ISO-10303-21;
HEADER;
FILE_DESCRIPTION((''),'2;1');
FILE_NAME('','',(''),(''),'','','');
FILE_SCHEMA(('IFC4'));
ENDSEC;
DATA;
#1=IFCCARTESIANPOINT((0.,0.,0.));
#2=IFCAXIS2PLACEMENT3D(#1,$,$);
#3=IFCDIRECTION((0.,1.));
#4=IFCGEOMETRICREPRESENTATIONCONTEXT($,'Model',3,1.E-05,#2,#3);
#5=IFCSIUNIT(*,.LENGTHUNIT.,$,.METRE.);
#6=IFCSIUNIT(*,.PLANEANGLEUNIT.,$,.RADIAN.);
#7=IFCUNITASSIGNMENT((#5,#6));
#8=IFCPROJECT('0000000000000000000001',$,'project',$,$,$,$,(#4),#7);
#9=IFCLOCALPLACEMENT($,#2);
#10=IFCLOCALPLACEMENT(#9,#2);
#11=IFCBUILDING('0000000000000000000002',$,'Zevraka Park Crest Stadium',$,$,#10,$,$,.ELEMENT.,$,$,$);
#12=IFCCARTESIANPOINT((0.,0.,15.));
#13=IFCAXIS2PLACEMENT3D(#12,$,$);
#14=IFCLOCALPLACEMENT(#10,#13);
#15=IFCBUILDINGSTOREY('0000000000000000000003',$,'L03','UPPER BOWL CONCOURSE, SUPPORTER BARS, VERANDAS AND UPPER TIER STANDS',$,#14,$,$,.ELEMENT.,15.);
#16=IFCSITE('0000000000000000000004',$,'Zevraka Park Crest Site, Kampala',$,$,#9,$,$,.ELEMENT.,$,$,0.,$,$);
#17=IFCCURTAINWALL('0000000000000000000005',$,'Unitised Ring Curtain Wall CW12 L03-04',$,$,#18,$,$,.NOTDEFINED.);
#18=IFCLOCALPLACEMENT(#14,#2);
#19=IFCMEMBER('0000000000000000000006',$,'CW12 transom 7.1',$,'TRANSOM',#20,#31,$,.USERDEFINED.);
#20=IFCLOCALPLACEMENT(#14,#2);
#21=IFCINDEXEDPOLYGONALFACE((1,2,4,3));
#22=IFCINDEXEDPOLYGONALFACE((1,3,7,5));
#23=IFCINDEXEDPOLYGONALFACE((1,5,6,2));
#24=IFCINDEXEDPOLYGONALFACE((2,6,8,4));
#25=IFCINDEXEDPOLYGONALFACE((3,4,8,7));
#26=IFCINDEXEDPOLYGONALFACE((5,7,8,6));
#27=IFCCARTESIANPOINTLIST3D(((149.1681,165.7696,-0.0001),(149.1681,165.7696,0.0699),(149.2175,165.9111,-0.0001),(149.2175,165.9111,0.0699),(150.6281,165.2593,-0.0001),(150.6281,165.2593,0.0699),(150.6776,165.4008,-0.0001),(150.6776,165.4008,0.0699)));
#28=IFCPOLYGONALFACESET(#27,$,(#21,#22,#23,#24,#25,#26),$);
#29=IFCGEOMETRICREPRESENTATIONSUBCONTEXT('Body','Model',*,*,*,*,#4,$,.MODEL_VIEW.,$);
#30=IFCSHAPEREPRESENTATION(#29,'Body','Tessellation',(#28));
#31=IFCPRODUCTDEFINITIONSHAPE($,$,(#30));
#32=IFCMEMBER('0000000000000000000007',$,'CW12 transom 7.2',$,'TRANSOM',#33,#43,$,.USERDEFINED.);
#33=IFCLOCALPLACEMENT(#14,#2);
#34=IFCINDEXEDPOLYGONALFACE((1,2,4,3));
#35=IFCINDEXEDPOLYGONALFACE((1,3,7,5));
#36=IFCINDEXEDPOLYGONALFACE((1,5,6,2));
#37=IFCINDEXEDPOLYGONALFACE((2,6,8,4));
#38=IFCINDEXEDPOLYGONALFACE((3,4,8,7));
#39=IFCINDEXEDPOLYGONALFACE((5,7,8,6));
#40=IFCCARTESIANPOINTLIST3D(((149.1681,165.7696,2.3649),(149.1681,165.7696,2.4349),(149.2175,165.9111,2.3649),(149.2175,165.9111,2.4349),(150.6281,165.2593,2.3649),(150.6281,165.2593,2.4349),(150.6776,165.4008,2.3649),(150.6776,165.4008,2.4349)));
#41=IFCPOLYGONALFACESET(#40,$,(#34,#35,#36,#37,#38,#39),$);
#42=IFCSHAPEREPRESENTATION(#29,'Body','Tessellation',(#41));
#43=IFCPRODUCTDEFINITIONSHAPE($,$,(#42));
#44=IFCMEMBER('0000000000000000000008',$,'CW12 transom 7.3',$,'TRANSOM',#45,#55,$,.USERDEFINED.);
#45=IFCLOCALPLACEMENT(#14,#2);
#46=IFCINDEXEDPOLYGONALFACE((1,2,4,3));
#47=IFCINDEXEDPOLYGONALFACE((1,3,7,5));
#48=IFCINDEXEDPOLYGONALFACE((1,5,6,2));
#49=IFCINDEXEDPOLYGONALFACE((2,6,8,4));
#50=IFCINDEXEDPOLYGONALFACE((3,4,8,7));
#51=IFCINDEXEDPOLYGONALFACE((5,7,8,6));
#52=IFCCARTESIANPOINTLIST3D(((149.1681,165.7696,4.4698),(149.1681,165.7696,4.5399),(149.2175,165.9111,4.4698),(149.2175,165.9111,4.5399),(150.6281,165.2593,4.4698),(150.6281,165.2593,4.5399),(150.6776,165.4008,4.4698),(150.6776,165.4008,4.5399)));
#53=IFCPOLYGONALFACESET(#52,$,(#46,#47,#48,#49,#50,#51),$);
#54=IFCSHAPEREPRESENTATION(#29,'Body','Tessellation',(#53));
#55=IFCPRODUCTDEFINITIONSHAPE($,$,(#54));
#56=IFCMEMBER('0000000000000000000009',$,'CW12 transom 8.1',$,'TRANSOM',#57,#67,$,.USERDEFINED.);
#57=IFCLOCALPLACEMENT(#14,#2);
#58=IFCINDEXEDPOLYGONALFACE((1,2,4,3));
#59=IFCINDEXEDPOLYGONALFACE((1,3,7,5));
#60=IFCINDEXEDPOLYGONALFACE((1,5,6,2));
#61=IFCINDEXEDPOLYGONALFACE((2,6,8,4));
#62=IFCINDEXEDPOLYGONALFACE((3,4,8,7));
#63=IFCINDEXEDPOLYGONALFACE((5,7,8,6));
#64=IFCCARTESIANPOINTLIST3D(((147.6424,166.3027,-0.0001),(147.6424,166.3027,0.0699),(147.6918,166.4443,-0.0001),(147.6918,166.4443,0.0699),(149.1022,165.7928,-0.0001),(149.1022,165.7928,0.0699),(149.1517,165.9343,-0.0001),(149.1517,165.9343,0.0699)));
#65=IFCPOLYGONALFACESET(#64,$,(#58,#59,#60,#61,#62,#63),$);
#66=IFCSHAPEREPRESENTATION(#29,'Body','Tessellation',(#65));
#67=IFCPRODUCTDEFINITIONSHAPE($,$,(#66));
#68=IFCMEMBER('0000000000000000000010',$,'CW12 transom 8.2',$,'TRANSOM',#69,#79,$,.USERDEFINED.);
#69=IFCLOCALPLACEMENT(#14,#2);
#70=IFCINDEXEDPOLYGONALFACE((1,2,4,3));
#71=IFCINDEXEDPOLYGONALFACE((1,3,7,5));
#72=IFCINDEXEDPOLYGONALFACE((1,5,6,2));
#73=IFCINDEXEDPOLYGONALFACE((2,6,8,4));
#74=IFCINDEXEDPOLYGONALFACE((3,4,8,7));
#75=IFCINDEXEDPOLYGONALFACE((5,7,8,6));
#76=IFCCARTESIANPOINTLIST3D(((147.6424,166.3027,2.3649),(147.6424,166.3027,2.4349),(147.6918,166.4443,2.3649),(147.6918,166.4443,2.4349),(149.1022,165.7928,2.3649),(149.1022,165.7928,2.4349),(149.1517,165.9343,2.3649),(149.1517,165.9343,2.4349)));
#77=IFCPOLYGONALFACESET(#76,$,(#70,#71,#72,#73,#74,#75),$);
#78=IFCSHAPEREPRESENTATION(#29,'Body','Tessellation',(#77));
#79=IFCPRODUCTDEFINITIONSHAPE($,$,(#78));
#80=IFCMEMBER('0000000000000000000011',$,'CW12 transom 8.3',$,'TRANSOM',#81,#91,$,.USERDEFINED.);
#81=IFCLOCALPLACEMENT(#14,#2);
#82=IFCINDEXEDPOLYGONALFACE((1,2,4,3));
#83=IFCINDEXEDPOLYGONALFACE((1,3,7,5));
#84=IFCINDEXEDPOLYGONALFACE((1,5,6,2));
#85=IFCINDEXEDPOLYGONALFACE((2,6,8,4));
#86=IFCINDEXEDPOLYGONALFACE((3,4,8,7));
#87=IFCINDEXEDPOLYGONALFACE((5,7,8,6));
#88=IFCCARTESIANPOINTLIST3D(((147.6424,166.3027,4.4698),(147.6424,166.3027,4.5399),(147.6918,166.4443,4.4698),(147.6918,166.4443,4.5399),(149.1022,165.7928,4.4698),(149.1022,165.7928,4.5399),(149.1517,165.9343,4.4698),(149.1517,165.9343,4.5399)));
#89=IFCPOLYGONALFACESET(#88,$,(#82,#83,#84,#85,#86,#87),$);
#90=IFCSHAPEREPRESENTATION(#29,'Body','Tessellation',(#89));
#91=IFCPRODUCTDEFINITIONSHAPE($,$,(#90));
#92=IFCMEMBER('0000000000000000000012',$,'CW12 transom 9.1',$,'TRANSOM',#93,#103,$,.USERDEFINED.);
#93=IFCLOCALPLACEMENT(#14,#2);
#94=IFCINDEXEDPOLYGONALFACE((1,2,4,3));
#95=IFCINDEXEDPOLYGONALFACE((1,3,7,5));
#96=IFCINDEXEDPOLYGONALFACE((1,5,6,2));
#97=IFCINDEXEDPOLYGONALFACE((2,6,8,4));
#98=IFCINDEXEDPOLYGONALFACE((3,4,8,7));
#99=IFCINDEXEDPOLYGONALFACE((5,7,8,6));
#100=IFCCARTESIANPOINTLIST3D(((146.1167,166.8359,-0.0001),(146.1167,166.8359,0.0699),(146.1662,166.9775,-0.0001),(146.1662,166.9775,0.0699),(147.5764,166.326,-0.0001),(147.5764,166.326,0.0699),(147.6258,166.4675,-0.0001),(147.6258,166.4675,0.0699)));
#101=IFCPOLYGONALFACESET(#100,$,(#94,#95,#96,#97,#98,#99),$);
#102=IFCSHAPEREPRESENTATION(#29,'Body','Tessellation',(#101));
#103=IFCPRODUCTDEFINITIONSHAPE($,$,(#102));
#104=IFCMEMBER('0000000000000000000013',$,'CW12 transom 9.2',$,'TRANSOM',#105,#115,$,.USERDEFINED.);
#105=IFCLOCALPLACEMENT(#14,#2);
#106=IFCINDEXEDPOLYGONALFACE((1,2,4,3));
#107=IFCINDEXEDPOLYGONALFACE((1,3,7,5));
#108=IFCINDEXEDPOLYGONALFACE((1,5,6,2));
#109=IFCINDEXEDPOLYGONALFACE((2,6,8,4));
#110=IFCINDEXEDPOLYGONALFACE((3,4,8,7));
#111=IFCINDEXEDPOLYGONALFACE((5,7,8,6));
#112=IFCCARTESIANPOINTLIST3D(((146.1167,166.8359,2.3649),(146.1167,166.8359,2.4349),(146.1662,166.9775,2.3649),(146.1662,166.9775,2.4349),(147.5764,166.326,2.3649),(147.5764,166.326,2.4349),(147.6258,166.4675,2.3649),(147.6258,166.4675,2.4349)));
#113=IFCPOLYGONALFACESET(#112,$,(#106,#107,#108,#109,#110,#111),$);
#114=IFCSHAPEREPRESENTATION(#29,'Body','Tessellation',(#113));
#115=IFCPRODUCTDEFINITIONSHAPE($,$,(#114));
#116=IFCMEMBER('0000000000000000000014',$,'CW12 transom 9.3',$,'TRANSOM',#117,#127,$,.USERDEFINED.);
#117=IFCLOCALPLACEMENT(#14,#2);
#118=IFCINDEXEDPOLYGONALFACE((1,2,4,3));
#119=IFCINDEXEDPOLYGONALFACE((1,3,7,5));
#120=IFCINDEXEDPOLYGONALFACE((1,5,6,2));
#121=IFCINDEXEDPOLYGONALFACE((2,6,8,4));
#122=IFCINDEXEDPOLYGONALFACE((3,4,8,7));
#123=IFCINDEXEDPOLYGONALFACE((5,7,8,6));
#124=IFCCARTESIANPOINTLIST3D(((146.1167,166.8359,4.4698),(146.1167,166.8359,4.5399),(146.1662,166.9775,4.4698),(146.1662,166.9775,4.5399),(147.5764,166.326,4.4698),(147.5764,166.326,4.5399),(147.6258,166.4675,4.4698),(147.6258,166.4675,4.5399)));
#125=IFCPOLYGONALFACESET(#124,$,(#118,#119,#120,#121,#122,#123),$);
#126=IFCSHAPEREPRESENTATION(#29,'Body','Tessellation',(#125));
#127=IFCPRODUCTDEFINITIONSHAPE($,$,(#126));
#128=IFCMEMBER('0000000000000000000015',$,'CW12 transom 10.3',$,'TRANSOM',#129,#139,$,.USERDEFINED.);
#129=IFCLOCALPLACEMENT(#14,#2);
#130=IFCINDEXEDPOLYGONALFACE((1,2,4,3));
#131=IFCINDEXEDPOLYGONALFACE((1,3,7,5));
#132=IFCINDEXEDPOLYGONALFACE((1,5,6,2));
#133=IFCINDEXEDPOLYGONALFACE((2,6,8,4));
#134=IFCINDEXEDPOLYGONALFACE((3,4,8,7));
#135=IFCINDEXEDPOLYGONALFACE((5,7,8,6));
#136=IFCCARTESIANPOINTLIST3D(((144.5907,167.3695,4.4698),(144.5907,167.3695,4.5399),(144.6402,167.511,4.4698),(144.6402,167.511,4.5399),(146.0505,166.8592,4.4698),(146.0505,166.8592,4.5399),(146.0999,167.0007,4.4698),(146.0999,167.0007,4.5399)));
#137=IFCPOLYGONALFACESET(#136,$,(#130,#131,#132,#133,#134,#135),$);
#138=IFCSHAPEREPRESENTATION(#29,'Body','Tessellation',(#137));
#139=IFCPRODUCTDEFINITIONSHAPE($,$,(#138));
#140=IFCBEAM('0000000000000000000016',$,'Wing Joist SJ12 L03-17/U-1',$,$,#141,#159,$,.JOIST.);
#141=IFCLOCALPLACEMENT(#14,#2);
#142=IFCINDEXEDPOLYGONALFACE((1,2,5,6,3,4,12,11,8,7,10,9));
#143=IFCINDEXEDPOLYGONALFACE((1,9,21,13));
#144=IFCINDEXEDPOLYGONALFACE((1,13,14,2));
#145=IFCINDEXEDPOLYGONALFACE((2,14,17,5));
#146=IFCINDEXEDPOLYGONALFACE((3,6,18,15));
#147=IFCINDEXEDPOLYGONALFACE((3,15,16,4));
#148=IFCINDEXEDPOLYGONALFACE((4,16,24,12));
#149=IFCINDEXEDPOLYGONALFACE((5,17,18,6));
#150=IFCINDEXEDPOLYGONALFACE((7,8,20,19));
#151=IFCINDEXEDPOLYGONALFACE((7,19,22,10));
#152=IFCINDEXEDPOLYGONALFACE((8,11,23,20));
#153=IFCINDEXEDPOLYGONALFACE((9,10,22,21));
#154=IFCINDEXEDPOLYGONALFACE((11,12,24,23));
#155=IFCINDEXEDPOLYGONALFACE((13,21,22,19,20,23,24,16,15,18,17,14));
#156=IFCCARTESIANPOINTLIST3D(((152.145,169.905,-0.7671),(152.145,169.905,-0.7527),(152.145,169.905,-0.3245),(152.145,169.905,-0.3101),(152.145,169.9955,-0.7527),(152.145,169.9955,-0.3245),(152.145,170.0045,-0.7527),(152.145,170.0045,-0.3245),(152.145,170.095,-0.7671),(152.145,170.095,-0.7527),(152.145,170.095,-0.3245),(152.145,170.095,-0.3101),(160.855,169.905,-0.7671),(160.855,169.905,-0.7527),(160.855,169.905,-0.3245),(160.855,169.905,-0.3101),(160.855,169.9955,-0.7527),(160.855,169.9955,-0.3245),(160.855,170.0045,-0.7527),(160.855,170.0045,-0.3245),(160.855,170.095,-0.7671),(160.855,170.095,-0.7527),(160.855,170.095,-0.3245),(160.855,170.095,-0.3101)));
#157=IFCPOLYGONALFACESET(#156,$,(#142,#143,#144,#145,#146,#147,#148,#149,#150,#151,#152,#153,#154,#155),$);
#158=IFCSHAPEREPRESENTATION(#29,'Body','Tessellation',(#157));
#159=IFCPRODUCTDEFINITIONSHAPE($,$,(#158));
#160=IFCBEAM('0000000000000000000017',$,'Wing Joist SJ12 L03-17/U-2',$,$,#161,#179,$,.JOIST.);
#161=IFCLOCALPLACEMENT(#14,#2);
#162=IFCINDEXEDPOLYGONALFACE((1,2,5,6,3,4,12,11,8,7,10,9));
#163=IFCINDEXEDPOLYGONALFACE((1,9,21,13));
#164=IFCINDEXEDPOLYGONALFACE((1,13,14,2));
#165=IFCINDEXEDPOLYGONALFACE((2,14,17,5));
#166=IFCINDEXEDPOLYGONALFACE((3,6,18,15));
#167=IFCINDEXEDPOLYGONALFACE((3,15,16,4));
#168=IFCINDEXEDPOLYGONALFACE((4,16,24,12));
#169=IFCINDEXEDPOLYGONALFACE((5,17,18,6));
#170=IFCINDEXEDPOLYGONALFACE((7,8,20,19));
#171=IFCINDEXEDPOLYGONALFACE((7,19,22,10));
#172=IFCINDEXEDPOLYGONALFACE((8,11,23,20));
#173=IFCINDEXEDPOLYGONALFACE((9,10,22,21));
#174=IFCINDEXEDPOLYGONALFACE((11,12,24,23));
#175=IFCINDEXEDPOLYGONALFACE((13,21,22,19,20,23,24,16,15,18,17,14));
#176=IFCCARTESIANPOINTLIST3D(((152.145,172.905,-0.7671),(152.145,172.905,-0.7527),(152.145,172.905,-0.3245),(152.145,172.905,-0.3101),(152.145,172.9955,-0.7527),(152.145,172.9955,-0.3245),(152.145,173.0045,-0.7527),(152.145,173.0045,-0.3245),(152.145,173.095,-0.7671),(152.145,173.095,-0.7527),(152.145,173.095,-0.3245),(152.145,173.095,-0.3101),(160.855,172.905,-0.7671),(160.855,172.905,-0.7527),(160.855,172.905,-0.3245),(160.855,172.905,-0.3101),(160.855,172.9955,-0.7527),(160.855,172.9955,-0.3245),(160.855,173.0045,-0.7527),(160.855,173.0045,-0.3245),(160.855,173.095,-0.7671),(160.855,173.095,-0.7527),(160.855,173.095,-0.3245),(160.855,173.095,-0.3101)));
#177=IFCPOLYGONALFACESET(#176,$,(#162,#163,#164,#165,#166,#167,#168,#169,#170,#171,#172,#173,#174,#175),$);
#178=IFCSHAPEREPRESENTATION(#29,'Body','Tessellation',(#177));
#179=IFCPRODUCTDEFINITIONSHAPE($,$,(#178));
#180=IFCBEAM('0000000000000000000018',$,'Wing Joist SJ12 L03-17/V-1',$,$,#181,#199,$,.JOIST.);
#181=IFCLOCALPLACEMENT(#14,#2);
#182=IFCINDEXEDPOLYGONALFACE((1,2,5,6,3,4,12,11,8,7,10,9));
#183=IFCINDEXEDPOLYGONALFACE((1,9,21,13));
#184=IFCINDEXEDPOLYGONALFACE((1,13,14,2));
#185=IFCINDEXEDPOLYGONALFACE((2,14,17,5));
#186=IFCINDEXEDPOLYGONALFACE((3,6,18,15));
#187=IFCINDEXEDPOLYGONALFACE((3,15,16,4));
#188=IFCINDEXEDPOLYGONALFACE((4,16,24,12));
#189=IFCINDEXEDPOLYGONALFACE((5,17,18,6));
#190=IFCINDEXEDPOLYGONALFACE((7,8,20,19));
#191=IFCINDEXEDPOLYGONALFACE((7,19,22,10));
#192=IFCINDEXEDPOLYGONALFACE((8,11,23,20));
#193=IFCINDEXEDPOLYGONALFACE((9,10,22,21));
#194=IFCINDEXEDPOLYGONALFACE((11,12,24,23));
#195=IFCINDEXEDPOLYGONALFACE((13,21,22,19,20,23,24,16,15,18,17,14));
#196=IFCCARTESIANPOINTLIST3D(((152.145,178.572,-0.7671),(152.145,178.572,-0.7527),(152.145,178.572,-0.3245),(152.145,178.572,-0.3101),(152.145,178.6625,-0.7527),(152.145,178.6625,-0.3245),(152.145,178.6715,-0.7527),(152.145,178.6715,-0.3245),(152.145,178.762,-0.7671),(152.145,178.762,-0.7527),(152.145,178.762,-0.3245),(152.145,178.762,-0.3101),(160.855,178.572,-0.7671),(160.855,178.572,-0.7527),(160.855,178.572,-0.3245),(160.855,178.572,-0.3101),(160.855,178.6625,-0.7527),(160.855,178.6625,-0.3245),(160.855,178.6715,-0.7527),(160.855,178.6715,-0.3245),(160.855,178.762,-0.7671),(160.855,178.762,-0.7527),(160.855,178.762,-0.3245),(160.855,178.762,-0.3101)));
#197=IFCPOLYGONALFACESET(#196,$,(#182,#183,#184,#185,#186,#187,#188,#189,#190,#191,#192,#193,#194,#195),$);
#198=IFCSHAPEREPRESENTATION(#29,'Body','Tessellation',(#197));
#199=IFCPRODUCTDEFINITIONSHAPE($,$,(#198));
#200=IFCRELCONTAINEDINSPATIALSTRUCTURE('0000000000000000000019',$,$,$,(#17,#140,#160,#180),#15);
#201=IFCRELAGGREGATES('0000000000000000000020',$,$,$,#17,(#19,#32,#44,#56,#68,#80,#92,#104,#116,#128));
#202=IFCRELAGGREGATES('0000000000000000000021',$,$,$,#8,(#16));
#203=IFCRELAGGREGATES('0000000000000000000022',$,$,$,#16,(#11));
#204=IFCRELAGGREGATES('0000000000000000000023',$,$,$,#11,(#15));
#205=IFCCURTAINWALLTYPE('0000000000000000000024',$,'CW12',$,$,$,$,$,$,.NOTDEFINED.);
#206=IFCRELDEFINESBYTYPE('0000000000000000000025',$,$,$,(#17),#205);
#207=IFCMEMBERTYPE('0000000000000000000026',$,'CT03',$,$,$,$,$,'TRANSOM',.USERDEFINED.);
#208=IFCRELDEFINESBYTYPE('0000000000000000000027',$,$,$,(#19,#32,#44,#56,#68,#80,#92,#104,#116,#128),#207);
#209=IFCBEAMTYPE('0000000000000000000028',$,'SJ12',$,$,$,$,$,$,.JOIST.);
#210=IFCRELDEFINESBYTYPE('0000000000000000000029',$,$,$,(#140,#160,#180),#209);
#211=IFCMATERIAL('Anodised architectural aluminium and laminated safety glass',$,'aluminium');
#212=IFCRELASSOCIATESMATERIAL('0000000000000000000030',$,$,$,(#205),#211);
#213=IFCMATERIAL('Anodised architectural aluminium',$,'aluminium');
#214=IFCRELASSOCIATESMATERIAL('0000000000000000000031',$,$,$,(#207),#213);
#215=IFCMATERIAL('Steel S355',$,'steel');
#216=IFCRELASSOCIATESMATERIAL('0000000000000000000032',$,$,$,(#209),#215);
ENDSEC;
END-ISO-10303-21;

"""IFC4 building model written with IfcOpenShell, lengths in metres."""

from ifc_helpers import new_model, si_unit, direction, frame, origin, origin_2d, place, context, subcontext, project, spatial, rectangle, i_section, extrude, material, material_profile, profile_set, type_object, element, aggregate, save


model = new_model("IFC4")

# Units and contexts
model_context = context("Model", 3, precision=1e-05, world=origin(), true_north=direction((0.0, 1.0)))
body_context = subcontext(model_context, "Body", "Model", "MODEL_VIEW")
ifc_project = project(units=[si_unit("LENGTHUNIT", "METRE"), si_unit("PLANEANGLEUNIT", "RADIAN")], contexts=[model_context])

# Site, building, storey
site_placement = place(None, origin())
site = spatial("IfcSite", under=ifc_project, at=site_placement, Name="Zevraka Park Crest Site, Kampala", CompositionType="ELEMENT", RefElevation=0.0)
building_placement = place(site_placement, origin())
building = spatial("IfcBuilding", under=site, at=building_placement, Name="Zevraka Park Crest Stadium", CompositionType="ELEMENT")
storey_placement = place(building_placement, frame((0.0, 0.0, 15.0)))
storey = spatial("IfcBuildingStorey", under=building, at=storey_placement, Name="L03", Description="UPPER BOWL CONCOURSE, SUPPORTER BARS, VERANDAS AND UPPER TIER STANDS", CompositionType="ELEMENT", Elevation=15.0)

# Curtain wall, members
ifc_material_1 = material(Name="Anodised architectural aluminium and laminated safety glass", Category="aluminium")
curtain_wall_type = type_object("IfcCurtainWallType", Name="CW12", PredefinedType="NOTDEFINED", material=ifc_material_1)
curtain_wall_placement = place(storey_placement, origin())
curtain_wall = element("IfcCurtainWall", 1, at=curtain_wall_placement, inside=storey, type_object=curtain_wall_type, Name="Unitised Ring Curtain Wall CW12 L03-04", PredefinedType="NOTDEFINED")
ifc_material_2 = material(Name="Anodised architectural aluminium", Category="aluminium")
ifc_material_profile_1 = material_profile(ifc_material_2, rectangle(XDim=0.1499, YDim=0.0701, at=origin_2d()), Name="ALU TRANSOM 150x70")
ifc_profile_set_1 = profile_set([ifc_material_profile_1], Name="Anodised architectural aluminium")
member_type_1 = type_object("IfcMemberType", Name="CT03", ElementType="TRANSOM", PredefinedType="USERDEFINED", material=ifc_profile_set_1)
member_1_placement = place(storey_placement, frame((150.6528, 165.3301, 0.0349), z_axis=(-0.944006, 0.329928, 0.0), x_axis=(-0.329928, -0.944006, 0.0)))
member_1 = element("IfcMember", 2, at=member_1_placement, type_object=member_type_1, Name="CW12 transom 7.1", ObjectType="TRANSOM", PredefinedType="USERDEFINED", context=body_context, shape_type="SweptSolid", body=[
    extrude(rectangle(XDim=0.1499, YDim=0.0701, at=origin_2d()), origin(), (0.0, 0.0, 1.0), 1.5466),
])
member_2_placement = place(storey_placement, frame((150.6528, 165.3301, 2.3999), z_axis=(-0.944006, 0.329928, 0.0), x_axis=(-0.329928, -0.944006, 0.0)))
member_2 = element("IfcMember", 3, at=member_2_placement, type_object=member_type_1, Name="CW12 transom 7.2", ObjectType="TRANSOM", PredefinedType="USERDEFINED", context=body_context, shape_type="SweptSolid", body=[
    extrude(rectangle(XDim=0.1499, YDim=0.0701, at=origin_2d()), origin(), (0.0, 0.0, 1.0), 1.5466),
])
member_3_placement = place(storey_placement, frame((150.6528, 165.3301, 4.5049), z_axis=(-0.944006, 0.329928, 0.0), x_axis=(-0.329928, -0.944006, 0.0)))
member_3 = element("IfcMember", 4, at=member_3_placement, type_object=member_type_1, Name="CW12 transom 7.3", ObjectType="TRANSOM", PredefinedType="USERDEFINED", context=body_context, shape_type="SweptSolid", body=[
    extrude(rectangle(XDim=0.1499, YDim=0.0701, at=origin_2d()), origin(), (0.0, 0.0, 1.0), 1.5466),
])
member_4_placement = place(storey_placement, frame((149.127, 165.8635, 0.0349), z_axis=(-0.944055, 0.329788, 0.0), x_axis=(-0.329788, -0.944055, 0.0)))
member_4 = element("IfcMember", 5, at=member_4_placement, type_object=member_type_1, Name="CW12 transom 8.1", ObjectType="TRANSOM", PredefinedType="USERDEFINED", context=body_context, shape_type="SweptSolid", body=[
    extrude(rectangle(XDim=0.1499, YDim=0.0701, at=origin_2d()), origin(), (0.0, 0.0, 1.0), 1.5464),
])
member_5_placement = place(storey_placement, frame((149.127, 165.8635, 2.3999), z_axis=(-0.944055, 0.329788, 0.0), x_axis=(-0.329788, -0.944055, 0.0)))
member_5 = element("IfcMember", 6, at=member_5_placement, type_object=member_type_1, Name="CW12 transom 8.2", ObjectType="TRANSOM", PredefinedType="USERDEFINED", context=body_context, shape_type="SweptSolid", body=[
    extrude(rectangle(XDim=0.1499, YDim=0.0701, at=origin_2d()), origin(), (0.0, 0.0, 1.0), 1.5464),
])
member_6_placement = place(storey_placement, frame((149.127, 165.8635, 4.5049), z_axis=(-0.944055, 0.329788, 0.0), x_axis=(-0.329788, -0.944055, 0.0)))
member_6 = element("IfcMember", 7, at=member_6_placement, type_object=member_type_1, Name="CW12 transom 8.3", ObjectType="TRANSOM", PredefinedType="USERDEFINED", context=body_context, shape_type="SweptSolid", body=[
    extrude(rectangle(XDim=0.1499, YDim=0.0701, at=origin_2d()), origin(), (0.0, 0.0, 1.0), 1.5464),
])
member_7_placement = place(storey_placement, frame((147.6011, 166.3967, 0.0349), z_axis=(-0.944038, 0.329837, 0.0), x_axis=(-0.329837, -0.944038, 0.0)))
member_7 = element("IfcMember", 8, at=member_7_placement, type_object=member_type_1, Name="CW12 transom 9.1", ObjectType="TRANSOM", PredefinedType="USERDEFINED", context=body_context, shape_type="SweptSolid", body=[
    extrude(rectangle(XDim=0.1499, YDim=0.0701, at=origin_2d()), origin(), (0.0, 0.0, 1.0), 1.5461),
])
member_8_placement = place(storey_placement, frame((147.6011, 166.3967, 2.3999), z_axis=(-0.944038, 0.329837, 0.0), x_axis=(-0.329837, -0.944038, 0.0)))
member_8 = element("IfcMember", 9, at=member_8_placement, type_object=member_type_1, Name="CW12 transom 9.2", ObjectType="TRANSOM", PredefinedType="USERDEFINED", context=body_context, shape_type="SweptSolid", body=[
    extrude(rectangle(XDim=0.1499, YDim=0.0701, at=origin_2d()), origin(), (0.0, 0.0, 1.0), 1.5461),
])
member_9_placement = place(storey_placement, frame((147.6011, 166.3967, 4.5049), z_axis=(-0.944038, 0.329837, 0.0), x_axis=(-0.329837, -0.944038, 0.0)))
member_9 = element("IfcMember", 10, at=member_9_placement, type_object=member_type_1, Name="CW12 transom 9.3", ObjectType="TRANSOM", PredefinedType="USERDEFINED", context=body_context, shape_type="SweptSolid", body=[
    extrude(rectangle(XDim=0.1499, YDim=0.0701, at=origin_2d()), origin(), (0.0, 0.0, 1.0), 1.5461),
])
member_10_placement = place(storey_placement, frame((146.0752, 166.9299, 4.5049), z_axis=(-0.943989, 0.329978, 0.0), x_axis=(-0.329978, -0.943989, 0.0)))
member_10 = element("IfcMember", 11, at=member_10_placement, type_object=member_type_1, Name="CW12 transom 10.3", ObjectType="TRANSOM", PredefinedType="USERDEFINED", context=body_context, shape_type="SweptSolid", body=[
    extrude(rectangle(XDim=0.1499, YDim=0.0701, at=origin_2d()), origin(), (0.0, 0.0, 1.0), 1.5464),
])

# Beams
ifc_material_3 = material(Name="Steel S355", Category="steel")
ifc_material_profile_2 = material_profile(ifc_material_3, i_section(OverallWidth=0.1899, OverallDepth=0.457, WebThickness=0.009, FlangeThickness=0.0144, at=origin_2d()), Name="UKB 457x191x74")
ifc_profile_set_2 = profile_set([ifc_material_profile_2], Name="Steel S355")
beam_type_1 = type_object("IfcBeamType", Name="SJ12", PredefinedType="JOIST", material=ifc_profile_set_2)
for number, where, z_axis, x_axis, name in (
    (12, (152.145, 170.0, -0.5386), (1.0, 0.0, 0.0), (0.0, 1.0, 0.0), "Wing Joist SJ12 L03-17/U-1"),
    (13, (152.145, 173.0, -0.5386), (1.0, 0.0, 0.0), (0.0, 1.0, 0.0), "Wing Joist SJ12 L03-17/U-2"),
    (14, (152.145, 178.667, -0.5386), (1.0, 0.0, 0.0), (0.0, 1.0, 0.0), "Wing Joist SJ12 L03-17/V-1"),
):
    element("IfcBeam", number, at=place(storey_placement, frame(where, z_axis=z_axis, x_axis=x_axis)), inside=storey, type_object=beam_type_1, Name=name, PredefinedType="JOIST", context=body_context, shape_type="SweptSolid", body=[
        extrude(i_section(OverallWidth=0.1899, OverallDepth=0.457, WebThickness=0.009, FlangeThickness=0.0144, at=origin_2d()), origin(), (0.0, 0.0, 1.0), 8.71),
    ])

aggregate(curtain_wall, [member_1, member_2, member_3, member_4, member_5, member_6, member_7, member_8, member_9, member_10])

save(model, "model.ifc")
